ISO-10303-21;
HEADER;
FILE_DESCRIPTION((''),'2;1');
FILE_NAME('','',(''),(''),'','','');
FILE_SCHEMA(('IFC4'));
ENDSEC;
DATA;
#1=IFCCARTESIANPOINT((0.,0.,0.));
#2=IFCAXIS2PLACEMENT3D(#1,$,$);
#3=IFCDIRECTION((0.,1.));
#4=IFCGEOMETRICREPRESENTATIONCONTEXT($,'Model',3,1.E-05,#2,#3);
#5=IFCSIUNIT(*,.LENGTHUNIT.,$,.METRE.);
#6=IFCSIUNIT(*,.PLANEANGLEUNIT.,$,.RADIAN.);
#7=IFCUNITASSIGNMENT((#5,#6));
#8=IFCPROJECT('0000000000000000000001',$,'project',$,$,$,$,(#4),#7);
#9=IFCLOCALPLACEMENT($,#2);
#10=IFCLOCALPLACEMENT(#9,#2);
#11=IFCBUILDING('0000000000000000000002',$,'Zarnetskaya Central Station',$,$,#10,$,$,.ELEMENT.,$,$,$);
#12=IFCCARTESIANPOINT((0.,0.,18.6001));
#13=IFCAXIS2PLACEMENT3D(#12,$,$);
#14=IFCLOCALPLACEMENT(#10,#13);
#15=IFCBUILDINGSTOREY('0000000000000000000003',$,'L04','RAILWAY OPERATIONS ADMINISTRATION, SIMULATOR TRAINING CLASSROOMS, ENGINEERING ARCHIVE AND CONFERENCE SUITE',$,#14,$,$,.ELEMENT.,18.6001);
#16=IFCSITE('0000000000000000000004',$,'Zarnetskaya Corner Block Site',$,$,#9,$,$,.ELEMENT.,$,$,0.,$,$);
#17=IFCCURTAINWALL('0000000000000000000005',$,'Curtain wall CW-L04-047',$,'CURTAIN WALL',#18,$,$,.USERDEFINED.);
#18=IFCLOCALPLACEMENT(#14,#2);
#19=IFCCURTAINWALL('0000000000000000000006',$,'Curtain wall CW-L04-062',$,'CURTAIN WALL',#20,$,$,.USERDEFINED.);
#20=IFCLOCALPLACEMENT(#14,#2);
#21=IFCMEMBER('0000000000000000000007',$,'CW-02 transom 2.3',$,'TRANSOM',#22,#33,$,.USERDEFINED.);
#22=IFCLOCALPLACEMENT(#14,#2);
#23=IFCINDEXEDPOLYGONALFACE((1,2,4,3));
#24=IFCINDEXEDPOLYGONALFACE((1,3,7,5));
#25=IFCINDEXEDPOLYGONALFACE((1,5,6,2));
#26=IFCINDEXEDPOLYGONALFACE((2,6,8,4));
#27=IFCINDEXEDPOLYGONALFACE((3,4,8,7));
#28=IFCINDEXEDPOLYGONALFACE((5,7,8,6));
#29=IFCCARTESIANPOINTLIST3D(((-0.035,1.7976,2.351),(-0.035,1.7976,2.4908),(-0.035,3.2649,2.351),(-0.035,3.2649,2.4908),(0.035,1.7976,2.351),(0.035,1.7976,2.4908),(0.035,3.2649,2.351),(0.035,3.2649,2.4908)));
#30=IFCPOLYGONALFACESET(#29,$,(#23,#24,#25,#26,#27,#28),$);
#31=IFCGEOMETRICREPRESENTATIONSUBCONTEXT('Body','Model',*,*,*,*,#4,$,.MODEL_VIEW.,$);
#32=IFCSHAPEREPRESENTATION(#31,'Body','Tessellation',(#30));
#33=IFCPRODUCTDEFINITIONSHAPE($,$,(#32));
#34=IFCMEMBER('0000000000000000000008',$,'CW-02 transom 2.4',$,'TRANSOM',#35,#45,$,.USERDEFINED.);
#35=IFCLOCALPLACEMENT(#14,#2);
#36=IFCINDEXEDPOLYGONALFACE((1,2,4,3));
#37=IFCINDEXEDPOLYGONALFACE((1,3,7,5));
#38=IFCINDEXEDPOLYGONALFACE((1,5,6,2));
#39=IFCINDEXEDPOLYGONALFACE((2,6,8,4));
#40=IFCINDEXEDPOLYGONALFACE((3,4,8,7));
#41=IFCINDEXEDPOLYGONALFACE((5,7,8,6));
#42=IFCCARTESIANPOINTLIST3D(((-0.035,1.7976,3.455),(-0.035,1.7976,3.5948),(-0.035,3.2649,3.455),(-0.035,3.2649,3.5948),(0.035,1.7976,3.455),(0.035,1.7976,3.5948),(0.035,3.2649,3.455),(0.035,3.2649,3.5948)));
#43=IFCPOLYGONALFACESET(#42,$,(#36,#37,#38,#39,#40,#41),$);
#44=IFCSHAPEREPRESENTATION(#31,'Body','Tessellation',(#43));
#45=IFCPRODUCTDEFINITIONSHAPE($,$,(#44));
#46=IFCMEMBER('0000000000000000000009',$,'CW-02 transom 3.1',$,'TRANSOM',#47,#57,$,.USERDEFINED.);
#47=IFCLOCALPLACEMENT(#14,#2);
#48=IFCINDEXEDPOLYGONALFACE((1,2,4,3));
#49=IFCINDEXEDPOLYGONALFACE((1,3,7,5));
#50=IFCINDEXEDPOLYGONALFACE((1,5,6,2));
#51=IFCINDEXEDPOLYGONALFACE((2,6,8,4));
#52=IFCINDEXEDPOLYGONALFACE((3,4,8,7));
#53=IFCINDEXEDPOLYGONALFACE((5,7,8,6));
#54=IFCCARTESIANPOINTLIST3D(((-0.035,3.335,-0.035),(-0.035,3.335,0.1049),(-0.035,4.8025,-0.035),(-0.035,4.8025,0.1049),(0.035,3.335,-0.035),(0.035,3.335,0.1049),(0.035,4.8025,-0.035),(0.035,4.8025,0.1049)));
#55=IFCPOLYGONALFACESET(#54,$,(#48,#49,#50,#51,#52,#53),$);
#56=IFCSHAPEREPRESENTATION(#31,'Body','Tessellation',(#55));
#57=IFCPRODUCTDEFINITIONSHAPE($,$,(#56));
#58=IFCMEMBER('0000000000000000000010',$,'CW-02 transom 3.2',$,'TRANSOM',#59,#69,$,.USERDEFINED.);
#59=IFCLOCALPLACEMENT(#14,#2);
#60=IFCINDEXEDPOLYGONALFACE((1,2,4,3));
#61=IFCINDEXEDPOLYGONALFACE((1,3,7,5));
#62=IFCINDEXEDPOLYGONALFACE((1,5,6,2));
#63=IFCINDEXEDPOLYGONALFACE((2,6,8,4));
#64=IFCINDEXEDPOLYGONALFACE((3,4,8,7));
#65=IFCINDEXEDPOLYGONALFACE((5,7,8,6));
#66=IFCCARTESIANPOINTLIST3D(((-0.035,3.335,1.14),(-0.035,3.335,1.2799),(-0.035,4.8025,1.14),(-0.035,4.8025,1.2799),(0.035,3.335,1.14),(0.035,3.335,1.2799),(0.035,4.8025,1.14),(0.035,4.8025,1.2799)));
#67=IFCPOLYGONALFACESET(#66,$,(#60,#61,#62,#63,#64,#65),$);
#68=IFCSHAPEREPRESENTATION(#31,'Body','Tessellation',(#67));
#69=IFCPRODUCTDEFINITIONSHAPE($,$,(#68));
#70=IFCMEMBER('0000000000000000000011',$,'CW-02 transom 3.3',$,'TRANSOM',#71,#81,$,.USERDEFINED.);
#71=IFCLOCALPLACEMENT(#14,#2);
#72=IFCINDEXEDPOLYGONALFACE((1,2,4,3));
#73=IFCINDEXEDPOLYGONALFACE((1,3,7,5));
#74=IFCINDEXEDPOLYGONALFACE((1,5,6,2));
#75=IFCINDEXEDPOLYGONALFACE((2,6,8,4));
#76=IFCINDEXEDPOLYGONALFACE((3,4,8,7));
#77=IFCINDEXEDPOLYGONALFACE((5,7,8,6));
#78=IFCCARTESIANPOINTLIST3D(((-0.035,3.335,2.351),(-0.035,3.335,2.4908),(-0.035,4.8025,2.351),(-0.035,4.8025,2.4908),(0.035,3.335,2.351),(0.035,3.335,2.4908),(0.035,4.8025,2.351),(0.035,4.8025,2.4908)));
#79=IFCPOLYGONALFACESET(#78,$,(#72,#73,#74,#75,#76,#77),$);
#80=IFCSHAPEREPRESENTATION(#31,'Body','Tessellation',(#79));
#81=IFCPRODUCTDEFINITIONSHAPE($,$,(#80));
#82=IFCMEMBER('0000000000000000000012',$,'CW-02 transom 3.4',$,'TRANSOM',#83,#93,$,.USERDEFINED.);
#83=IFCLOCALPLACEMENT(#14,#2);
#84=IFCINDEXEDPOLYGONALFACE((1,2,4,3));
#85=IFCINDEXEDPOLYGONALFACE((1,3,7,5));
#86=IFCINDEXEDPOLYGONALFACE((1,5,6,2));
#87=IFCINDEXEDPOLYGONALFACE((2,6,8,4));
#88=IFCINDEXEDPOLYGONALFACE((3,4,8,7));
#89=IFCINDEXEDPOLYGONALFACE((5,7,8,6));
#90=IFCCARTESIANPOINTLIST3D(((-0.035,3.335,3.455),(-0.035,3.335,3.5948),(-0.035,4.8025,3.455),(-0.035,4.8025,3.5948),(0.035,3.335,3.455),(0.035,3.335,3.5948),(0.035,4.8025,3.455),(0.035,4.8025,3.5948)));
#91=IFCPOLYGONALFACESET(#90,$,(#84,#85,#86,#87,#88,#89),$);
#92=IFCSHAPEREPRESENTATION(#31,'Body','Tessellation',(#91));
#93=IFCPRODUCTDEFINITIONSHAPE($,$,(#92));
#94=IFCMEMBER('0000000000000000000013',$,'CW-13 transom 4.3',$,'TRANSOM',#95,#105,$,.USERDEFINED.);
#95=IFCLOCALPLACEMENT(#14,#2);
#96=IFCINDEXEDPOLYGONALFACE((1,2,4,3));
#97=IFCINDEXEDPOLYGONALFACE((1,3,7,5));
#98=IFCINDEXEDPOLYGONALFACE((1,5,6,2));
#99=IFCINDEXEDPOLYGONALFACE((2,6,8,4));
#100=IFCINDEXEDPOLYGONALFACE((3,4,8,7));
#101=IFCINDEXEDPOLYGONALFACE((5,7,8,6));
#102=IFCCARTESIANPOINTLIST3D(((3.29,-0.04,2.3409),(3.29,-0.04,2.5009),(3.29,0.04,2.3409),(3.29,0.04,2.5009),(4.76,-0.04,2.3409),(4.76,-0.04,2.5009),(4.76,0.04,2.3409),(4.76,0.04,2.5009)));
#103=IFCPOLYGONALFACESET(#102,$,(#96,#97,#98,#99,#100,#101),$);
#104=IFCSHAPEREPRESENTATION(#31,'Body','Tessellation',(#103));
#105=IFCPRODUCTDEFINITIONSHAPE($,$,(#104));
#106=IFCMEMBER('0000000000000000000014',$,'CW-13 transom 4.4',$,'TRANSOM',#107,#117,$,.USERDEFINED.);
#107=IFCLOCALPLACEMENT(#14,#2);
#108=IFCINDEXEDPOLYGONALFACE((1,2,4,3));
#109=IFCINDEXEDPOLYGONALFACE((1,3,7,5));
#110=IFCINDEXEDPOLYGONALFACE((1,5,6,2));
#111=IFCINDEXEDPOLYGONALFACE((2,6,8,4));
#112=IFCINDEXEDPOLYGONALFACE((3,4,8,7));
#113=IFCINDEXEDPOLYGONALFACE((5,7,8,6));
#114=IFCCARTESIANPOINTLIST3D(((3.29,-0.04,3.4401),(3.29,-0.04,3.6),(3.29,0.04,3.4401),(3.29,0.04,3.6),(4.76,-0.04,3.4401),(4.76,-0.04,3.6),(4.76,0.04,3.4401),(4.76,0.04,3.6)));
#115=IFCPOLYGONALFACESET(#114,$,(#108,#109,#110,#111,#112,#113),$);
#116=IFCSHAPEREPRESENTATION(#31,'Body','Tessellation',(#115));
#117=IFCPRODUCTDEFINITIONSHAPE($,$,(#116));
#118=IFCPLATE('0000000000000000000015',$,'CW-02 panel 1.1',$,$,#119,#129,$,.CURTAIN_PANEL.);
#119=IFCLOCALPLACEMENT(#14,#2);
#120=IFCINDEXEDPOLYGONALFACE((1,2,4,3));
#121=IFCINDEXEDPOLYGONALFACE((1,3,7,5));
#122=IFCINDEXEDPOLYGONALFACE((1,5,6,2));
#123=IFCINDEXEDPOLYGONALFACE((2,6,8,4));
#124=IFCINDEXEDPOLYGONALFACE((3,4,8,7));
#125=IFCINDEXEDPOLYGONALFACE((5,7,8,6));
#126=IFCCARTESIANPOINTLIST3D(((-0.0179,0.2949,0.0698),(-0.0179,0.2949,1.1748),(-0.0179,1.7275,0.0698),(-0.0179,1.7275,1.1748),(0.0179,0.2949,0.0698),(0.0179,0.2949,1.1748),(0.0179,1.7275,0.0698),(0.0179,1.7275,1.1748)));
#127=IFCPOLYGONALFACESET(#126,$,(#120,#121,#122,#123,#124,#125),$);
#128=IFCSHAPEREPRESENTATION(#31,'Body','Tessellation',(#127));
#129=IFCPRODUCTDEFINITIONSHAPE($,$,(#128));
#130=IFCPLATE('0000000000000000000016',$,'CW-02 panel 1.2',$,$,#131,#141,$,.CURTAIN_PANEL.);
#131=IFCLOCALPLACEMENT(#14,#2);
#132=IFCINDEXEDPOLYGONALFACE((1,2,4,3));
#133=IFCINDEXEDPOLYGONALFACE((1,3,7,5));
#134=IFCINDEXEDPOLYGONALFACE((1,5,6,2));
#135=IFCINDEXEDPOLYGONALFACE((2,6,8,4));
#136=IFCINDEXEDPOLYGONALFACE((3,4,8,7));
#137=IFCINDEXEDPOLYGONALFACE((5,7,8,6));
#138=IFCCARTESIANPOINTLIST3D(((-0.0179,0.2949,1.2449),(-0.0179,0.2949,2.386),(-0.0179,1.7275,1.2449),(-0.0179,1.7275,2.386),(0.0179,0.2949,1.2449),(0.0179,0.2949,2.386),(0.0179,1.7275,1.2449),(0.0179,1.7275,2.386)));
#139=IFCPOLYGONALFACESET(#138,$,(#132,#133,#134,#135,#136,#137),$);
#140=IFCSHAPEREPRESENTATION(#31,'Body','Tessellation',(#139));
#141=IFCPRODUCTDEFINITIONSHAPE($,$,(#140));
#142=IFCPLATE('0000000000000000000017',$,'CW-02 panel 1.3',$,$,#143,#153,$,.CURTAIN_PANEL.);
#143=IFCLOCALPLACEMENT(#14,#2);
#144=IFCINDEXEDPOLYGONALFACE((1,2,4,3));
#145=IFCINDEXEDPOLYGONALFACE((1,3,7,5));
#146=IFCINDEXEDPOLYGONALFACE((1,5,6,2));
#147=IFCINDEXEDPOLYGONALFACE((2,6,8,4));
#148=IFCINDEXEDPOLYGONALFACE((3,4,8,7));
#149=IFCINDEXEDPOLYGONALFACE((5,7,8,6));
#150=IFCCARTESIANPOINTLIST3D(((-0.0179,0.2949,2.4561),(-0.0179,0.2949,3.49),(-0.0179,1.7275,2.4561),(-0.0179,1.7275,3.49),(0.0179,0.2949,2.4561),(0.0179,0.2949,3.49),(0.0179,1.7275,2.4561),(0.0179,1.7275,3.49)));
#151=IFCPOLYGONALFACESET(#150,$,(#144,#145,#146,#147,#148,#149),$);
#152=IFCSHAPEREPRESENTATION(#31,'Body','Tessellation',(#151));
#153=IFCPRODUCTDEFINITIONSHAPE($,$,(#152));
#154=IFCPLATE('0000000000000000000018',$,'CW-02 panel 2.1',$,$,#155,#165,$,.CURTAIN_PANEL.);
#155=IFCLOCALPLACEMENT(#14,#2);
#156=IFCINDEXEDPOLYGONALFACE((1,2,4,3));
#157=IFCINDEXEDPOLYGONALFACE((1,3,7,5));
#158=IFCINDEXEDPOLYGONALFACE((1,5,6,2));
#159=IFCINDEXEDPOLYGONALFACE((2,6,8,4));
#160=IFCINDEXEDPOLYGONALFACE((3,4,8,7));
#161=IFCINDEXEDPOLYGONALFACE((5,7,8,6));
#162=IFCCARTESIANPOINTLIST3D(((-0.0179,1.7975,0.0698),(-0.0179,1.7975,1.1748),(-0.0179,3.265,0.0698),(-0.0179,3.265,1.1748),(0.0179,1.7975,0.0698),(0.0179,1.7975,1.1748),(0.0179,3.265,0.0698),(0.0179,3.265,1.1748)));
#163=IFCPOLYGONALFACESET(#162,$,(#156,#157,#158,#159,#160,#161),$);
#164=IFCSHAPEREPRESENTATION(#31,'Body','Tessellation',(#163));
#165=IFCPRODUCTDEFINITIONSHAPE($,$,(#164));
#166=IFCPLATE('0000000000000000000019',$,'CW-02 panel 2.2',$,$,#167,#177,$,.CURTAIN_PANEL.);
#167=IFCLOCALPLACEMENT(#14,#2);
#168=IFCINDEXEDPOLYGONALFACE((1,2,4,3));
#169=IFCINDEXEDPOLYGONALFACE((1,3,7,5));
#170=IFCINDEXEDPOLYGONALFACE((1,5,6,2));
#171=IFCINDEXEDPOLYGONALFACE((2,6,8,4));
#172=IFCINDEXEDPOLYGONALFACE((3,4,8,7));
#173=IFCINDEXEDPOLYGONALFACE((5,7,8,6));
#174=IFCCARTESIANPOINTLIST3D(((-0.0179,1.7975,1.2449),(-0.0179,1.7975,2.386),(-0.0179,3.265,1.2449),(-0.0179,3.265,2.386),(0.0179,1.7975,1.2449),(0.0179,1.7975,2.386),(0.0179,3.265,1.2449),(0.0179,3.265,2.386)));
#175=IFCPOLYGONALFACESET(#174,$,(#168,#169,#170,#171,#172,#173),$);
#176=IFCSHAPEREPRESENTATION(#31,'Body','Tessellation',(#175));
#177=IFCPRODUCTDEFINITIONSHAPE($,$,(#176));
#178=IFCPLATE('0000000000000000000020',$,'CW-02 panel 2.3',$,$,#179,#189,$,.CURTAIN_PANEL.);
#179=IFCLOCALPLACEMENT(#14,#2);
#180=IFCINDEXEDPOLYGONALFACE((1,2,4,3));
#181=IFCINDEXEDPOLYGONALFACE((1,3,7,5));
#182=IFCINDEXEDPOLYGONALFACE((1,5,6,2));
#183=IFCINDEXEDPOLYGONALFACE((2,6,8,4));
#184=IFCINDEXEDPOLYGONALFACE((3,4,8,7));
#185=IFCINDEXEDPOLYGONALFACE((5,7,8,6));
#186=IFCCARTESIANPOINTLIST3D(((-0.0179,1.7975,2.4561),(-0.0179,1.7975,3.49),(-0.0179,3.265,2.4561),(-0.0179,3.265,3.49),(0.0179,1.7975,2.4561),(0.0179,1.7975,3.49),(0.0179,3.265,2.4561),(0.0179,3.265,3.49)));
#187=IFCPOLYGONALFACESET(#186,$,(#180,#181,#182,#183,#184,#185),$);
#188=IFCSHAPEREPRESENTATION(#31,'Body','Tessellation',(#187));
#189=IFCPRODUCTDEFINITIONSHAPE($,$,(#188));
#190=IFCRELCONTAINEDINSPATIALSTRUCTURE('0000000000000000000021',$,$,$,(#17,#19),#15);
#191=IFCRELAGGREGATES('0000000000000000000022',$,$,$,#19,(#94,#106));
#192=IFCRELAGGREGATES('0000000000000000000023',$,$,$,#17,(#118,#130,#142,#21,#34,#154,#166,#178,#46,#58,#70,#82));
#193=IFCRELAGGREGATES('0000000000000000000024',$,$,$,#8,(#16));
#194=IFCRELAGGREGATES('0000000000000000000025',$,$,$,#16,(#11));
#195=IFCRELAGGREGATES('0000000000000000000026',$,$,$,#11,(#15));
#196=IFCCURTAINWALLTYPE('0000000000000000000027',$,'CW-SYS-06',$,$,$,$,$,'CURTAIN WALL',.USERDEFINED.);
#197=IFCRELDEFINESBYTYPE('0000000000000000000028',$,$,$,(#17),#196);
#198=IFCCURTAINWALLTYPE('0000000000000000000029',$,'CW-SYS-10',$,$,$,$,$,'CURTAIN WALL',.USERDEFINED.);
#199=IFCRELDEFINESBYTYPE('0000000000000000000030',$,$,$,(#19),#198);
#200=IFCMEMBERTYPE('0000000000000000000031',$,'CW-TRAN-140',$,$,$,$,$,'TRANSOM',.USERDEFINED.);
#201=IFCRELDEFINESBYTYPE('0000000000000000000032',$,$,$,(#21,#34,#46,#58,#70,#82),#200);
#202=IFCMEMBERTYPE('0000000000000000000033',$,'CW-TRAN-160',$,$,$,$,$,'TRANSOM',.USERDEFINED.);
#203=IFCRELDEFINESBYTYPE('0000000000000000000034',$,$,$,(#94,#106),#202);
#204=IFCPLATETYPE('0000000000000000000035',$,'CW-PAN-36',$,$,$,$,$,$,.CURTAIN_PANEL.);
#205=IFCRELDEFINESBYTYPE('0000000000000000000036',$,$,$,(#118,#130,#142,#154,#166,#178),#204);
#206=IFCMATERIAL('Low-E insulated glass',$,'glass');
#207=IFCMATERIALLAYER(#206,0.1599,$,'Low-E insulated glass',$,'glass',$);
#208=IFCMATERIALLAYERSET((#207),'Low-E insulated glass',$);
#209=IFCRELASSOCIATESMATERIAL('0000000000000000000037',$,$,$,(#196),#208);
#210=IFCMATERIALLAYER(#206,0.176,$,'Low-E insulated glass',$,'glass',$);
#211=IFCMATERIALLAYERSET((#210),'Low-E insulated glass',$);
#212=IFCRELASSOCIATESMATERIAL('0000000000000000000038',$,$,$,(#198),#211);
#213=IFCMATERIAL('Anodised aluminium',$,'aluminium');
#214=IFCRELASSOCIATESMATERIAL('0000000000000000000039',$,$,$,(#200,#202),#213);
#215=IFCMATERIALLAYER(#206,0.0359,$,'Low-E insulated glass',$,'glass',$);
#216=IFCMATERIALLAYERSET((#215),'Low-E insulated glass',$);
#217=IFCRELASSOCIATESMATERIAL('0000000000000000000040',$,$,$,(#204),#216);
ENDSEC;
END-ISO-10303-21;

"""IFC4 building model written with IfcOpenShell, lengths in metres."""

from ifc_helpers import new_model, si_unit, direction, frame, origin, origin_2d, place, context, subcontext, project, spatial, rectangle, extrude, material, layer, layer_set, material_profile, profile_set, type_object, element, aggregate, save


model = new_model("IFC4")

# Units and contexts
model_context = context("Model", 3, precision=1e-05, world=origin(), true_north=direction((0.0, 1.0)))
body_context = subcontext(model_context, "Body", "Model", "MODEL_VIEW")
ifc_project = project(units=[si_unit("LENGTHUNIT", "METRE"), si_unit("PLANEANGLEUNIT", "RADIAN")], contexts=[model_context])

# Site, building, storey
site_placement = place(None, origin())
site = spatial("IfcSite", under=ifc_project, at=site_placement, Name="Zarnetskaya Corner Block Site", CompositionType="ELEMENT", RefElevation=0.0)
building_placement = place(site_placement, origin())
building = spatial("IfcBuilding", under=site, at=building_placement, Name="Zarnetskaya Central Station", CompositionType="ELEMENT")
storey_placement = place(building_placement, frame((0.0, 0.0, 18.6001)))
storey = spatial("IfcBuildingStorey", under=building, at=storey_placement, Name="L04", Description="RAILWAY OPERATIONS ADMINISTRATION, SIMULATOR TRAINING CLASSROOMS, ENGINEERING ARCHIVE AND CONFERENCE SUITE", CompositionType="ELEMENT", Elevation=18.6001)

# Curtain wall
ifc_material_1 = material(Name="Low-E insulated glass", Category="glass")
ifc_layer_1 = layer(ifc_material_1, 0.1599, Name="Low-E insulated glass", Category="glass")
ifc_layer_set_1 = layer_set([ifc_layer_1], Name="Low-E insulated glass")
curtain_wall_type_1 = type_object("IfcCurtainWallType", Name="CW-SYS-06", ElementType="CURTAIN WALL", PredefinedType="USERDEFINED", material=ifc_layer_set_1)
curtain_wall_1_placement = place(storey_placement, origin())
curtain_wall_1 = element("IfcCurtainWall", 1, at=curtain_wall_1_placement, inside=storey, type_object=curtain_wall_type_1, Name="Curtain wall CW-L04-047", ObjectType="CURTAIN WALL", PredefinedType="USERDEFINED")
ifc_material_2 = material(Name="Anodised aluminium", Category="aluminium")

# Curtain wall
ifc_layer_2 = layer(ifc_material_1, 0.176, Name="Low-E insulated glass", Category="glass")
ifc_layer_set_2 = layer_set([ifc_layer_2], Name="Low-E insulated glass")
curtain_wall_type_2 = type_object("IfcCurtainWallType", Name="CW-SYS-10", ElementType="CURTAIN WALL", PredefinedType="USERDEFINED", material=ifc_layer_set_2)
curtain_wall_2_placement = place(storey_placement, origin())
curtain_wall_2 = element("IfcCurtainWall", 2, at=curtain_wall_2_placement, inside=storey, type_object=curtain_wall_type_2, Name="Curtain wall CW-L04-062", ObjectType="CURTAIN WALL", PredefinedType="USERDEFINED")

# Members
ifc_material_profile_1 = material_profile(ifc_material_2, rectangle(XDim=0.0701, YDim=0.1399, at=origin_2d()), Name="ALU TRAN 70x140")
ifc_profile_set_1 = profile_set([ifc_material_profile_1], Name="Anodised aluminium")
member_type_1 = type_object("IfcMemberType", Name="CW-TRAN-140", ElementType="TRANSOM", PredefinedType="USERDEFINED", material=ifc_profile_set_1)
member_1_placement = place(storey_placement, frame((0.0, 1.7976, 2.4209), z_axis=(0.0, 1.0, 0.0), x_axis=(-1.0, 0.0, 0.0)))
member_1 = element("IfcMember", 3, at=member_1_placement, type_object=member_type_1, Name="CW-02 transom 2.3", ObjectType="TRANSOM", PredefinedType="USERDEFINED", context=body_context, shape_type="SweptSolid", body=[
    extrude(rectangle(XDim=0.0701, YDim=0.1399, at=origin_2d()), origin(), (0.0, 0.0, 1.0), 1.4673),
])
member_2_placement = place(storey_placement, frame((0.0, 1.7976, 3.5249), z_axis=(0.0, 1.0, 0.0), x_axis=(-1.0, 0.0, 0.0)))
member_2 = element("IfcMember", 4, at=member_2_placement, type_object=member_type_1, Name="CW-02 transom 2.4", ObjectType="TRANSOM", PredefinedType="USERDEFINED", context=body_context, shape_type="SweptSolid", body=[
    extrude(rectangle(XDim=0.0701, YDim=0.1399, at=origin_2d()), origin(), (0.0, 0.0, 1.0), 1.4673),
])
member_3_placement = place(storey_placement, frame((0.0, 3.335, 0.0349), z_axis=(0.0, 1.0, 0.0), x_axis=(-1.0, 0.0, 0.0)))
member_3 = element("IfcMember", 5, at=member_3_placement, type_object=member_type_1, Name="CW-02 transom 3.1", ObjectType="TRANSOM", PredefinedType="USERDEFINED", context=body_context, shape_type="SweptSolid", body=[
    extrude(rectangle(XDim=0.0701, YDim=0.1399, at=origin_2d()), origin(), (0.0, 0.0, 1.0), 1.4675),
])
member_4_placement = place(storey_placement, frame((0.0, 3.335, 1.21), z_axis=(0.0, 1.0, 0.0), x_axis=(-1.0, 0.0, 0.0)))
member_4 = element("IfcMember", 6, at=member_4_placement, type_object=member_type_1, Name="CW-02 transom 3.2", ObjectType="TRANSOM", PredefinedType="USERDEFINED", context=body_context, shape_type="SweptSolid", body=[
    extrude(rectangle(XDim=0.0701, YDim=0.1399, at=origin_2d()), origin(), (0.0, 0.0, 1.0), 1.4675),
])
member_5_placement = place(storey_placement, frame((0.0, 3.335, 2.4209), z_axis=(0.0, 1.0, 0.0), x_axis=(-1.0, 0.0, 0.0)))
member_5 = element("IfcMember", 7, at=member_5_placement, type_object=member_type_1, Name="CW-02 transom 3.3", ObjectType="TRANSOM", PredefinedType="USERDEFINED", context=body_context, shape_type="SweptSolid", body=[
    extrude(rectangle(XDim=0.0701, YDim=0.1399, at=origin_2d()), origin(), (0.0, 0.0, 1.0), 1.4675),
])
member_6_placement = place(storey_placement, frame((0.0, 3.335, 3.5249), z_axis=(0.0, 1.0, 0.0), x_axis=(-1.0, 0.0, 0.0)))
member_6 = element("IfcMember", 8, at=member_6_placement, type_object=member_type_1, Name="CW-02 transom 3.4", ObjectType="TRANSOM", PredefinedType="USERDEFINED", context=body_context, shape_type="SweptSolid", body=[
    extrude(rectangle(XDim=0.0701, YDim=0.1399, at=origin_2d()), origin(), (0.0, 0.0, 1.0), 1.4675),
])
ifc_material_profile_2 = material_profile(ifc_material_2, rectangle(XDim=0.0801, YDim=0.1599, at=origin_2d()), Name="ALU TRAN 80x160")
ifc_profile_set_2 = profile_set([ifc_material_profile_2], Name="Anodised aluminium")
member_type_2 = type_object("IfcMemberType", Name="CW-TRAN-160", ElementType="TRANSOM", PredefinedType="USERDEFINED", material=ifc_profile_set_2)
member_7_placement = place(storey_placement, frame((4.76, 0.0, 2.4209), z_axis=(-1.0, 0.0, 0.0), x_axis=(0.0, -1.0, 0.0)))
member_7 = element("IfcMember", 9, at=member_7_placement, type_object=member_type_2, Name="CW-13 transom 4.3", ObjectType="TRANSOM", PredefinedType="USERDEFINED", context=body_context, shape_type="SweptSolid", body=[
    extrude(rectangle(XDim=0.0801, YDim=0.1599, at=origin_2d()), origin(), (0.0, 0.0, 1.0), 1.47),
])
member_8_placement = place(storey_placement, frame((4.76, 0.0, 3.52), z_axis=(-1.0, 0.0, 0.0), x_axis=(0.0, -1.0, 0.0)))
member_8 = element("IfcMember", 10, at=member_8_placement, type_object=member_type_2, Name="CW-13 transom 4.4", ObjectType="TRANSOM", PredefinedType="USERDEFINED", context=body_context, shape_type="SweptSolid", body=[
    extrude(rectangle(XDim=0.0801, YDim=0.1599, at=origin_2d()), origin(), (0.0, 0.0, 1.0), 1.47),
])
aggregate(curtain_wall_2, [member_7, member_8])

# Plates
ifc_layer_3 = layer(ifc_material_1, 0.0359, Name="Low-E insulated glass", Category="glass")
ifc_layer_set_3 = layer_set([ifc_layer_3], Name="Low-E insulated glass")
plate_type = type_object("IfcPlateType", Name="CW-PAN-36", PredefinedType="CURTAIN_PANEL", material=ifc_layer_set_3)
plate_1_placement = place(storey_placement, frame((0.0, 1.0112, 0.0698), z_axis=(0.0, 0.0, 1.0), x_axis=(0.0, 1.0, 0.0)))
plate_1 = element("IfcPlate", 11, at=plate_1_placement, type_object=plate_type, Name="CW-02 panel 1.1", PredefinedType="CURTAIN_PANEL", context=body_context, shape_type="SweptSolid", body=[
    extrude(rectangle(XDim=1.4326, YDim=0.0359, at=origin_2d()), origin(), (0.0, 0.0, 1.0), 1.105),
])
plate_2_placement = place(storey_placement, frame((0.0, 1.0112, 1.2449), z_axis=(0.0, 0.0, 1.0), x_axis=(0.0, 1.0, 0.0)))
plate_2 = element("IfcPlate", 12, at=plate_2_placement, type_object=plate_type, Name="CW-02 panel 1.2", PredefinedType="CURTAIN_PANEL", context=body_context, shape_type="SweptSolid", body=[
    extrude(rectangle(XDim=1.4326, YDim=0.0359, at=origin_2d()), origin(), (0.0, 0.0, 1.0), 1.1411),
])
plate_3_placement = place(storey_placement, frame((0.0, 1.0112, 2.4561), z_axis=(0.0, 0.0, 1.0), x_axis=(0.0, 1.0, 0.0)))
plate_3 = element("IfcPlate", 13, at=plate_3_placement, type_object=plate_type, Name="CW-02 panel 1.3", PredefinedType="CURTAIN_PANEL", context=body_context, shape_type="SweptSolid", body=[
    extrude(rectangle(XDim=1.4326, YDim=0.0359, at=origin_2d()), origin(), (0.0, 0.0, 1.0), 1.0339),
])
plate_4_placement = place(storey_placement, frame((0.0, 2.5312, 0.0698), z_axis=(0.0, 0.0, 1.0), x_axis=(0.0, 1.0, 0.0)))
plate_4 = element("IfcPlate", 14, at=plate_4_placement, type_object=plate_type, Name="CW-02 panel 2.1", PredefinedType="CURTAIN_PANEL", context=body_context, shape_type="SweptSolid", body=[
    extrude(rectangle(XDim=1.4675, YDim=0.0359, at=origin_2d()), origin(), (0.0, 0.0, 1.0), 1.105),
])
plate_5_placement = place(storey_placement, frame((0.0, 2.5312, 1.2449), z_axis=(0.0, 0.0, 1.0), x_axis=(0.0, 1.0, 0.0)))
plate_5 = element("IfcPlate", 15, at=plate_5_placement, type_object=plate_type, Name="CW-02 panel 2.2", PredefinedType="CURTAIN_PANEL", context=body_context, shape_type="SweptSolid", body=[
    extrude(rectangle(XDim=1.4675, YDim=0.0359, at=origin_2d()), origin(), (0.0, 0.0, 1.0), 1.1411),
])
plate_6_placement = place(storey_placement, frame((0.0, 2.5312, 2.4561), z_axis=(0.0, 0.0, 1.0), x_axis=(0.0, 1.0, 0.0)))
plate_6 = element("IfcPlate", 16, at=plate_6_placement, type_object=plate_type, Name="CW-02 panel 2.3", PredefinedType="CURTAIN_PANEL", context=body_context, shape_type="SweptSolid", body=[
    extrude(rectangle(XDim=1.4675, YDim=0.0359, at=origin_2d()), origin(), (0.0, 0.0, 1.0), 1.0339),
])
aggregate(curtain_wall_1, [plate_1, plate_2, plate_3, member_1, member_2, plate_4, plate_5, plate_6, member_3, member_4, member_5, member_6])

save(model, "model.ifc")
